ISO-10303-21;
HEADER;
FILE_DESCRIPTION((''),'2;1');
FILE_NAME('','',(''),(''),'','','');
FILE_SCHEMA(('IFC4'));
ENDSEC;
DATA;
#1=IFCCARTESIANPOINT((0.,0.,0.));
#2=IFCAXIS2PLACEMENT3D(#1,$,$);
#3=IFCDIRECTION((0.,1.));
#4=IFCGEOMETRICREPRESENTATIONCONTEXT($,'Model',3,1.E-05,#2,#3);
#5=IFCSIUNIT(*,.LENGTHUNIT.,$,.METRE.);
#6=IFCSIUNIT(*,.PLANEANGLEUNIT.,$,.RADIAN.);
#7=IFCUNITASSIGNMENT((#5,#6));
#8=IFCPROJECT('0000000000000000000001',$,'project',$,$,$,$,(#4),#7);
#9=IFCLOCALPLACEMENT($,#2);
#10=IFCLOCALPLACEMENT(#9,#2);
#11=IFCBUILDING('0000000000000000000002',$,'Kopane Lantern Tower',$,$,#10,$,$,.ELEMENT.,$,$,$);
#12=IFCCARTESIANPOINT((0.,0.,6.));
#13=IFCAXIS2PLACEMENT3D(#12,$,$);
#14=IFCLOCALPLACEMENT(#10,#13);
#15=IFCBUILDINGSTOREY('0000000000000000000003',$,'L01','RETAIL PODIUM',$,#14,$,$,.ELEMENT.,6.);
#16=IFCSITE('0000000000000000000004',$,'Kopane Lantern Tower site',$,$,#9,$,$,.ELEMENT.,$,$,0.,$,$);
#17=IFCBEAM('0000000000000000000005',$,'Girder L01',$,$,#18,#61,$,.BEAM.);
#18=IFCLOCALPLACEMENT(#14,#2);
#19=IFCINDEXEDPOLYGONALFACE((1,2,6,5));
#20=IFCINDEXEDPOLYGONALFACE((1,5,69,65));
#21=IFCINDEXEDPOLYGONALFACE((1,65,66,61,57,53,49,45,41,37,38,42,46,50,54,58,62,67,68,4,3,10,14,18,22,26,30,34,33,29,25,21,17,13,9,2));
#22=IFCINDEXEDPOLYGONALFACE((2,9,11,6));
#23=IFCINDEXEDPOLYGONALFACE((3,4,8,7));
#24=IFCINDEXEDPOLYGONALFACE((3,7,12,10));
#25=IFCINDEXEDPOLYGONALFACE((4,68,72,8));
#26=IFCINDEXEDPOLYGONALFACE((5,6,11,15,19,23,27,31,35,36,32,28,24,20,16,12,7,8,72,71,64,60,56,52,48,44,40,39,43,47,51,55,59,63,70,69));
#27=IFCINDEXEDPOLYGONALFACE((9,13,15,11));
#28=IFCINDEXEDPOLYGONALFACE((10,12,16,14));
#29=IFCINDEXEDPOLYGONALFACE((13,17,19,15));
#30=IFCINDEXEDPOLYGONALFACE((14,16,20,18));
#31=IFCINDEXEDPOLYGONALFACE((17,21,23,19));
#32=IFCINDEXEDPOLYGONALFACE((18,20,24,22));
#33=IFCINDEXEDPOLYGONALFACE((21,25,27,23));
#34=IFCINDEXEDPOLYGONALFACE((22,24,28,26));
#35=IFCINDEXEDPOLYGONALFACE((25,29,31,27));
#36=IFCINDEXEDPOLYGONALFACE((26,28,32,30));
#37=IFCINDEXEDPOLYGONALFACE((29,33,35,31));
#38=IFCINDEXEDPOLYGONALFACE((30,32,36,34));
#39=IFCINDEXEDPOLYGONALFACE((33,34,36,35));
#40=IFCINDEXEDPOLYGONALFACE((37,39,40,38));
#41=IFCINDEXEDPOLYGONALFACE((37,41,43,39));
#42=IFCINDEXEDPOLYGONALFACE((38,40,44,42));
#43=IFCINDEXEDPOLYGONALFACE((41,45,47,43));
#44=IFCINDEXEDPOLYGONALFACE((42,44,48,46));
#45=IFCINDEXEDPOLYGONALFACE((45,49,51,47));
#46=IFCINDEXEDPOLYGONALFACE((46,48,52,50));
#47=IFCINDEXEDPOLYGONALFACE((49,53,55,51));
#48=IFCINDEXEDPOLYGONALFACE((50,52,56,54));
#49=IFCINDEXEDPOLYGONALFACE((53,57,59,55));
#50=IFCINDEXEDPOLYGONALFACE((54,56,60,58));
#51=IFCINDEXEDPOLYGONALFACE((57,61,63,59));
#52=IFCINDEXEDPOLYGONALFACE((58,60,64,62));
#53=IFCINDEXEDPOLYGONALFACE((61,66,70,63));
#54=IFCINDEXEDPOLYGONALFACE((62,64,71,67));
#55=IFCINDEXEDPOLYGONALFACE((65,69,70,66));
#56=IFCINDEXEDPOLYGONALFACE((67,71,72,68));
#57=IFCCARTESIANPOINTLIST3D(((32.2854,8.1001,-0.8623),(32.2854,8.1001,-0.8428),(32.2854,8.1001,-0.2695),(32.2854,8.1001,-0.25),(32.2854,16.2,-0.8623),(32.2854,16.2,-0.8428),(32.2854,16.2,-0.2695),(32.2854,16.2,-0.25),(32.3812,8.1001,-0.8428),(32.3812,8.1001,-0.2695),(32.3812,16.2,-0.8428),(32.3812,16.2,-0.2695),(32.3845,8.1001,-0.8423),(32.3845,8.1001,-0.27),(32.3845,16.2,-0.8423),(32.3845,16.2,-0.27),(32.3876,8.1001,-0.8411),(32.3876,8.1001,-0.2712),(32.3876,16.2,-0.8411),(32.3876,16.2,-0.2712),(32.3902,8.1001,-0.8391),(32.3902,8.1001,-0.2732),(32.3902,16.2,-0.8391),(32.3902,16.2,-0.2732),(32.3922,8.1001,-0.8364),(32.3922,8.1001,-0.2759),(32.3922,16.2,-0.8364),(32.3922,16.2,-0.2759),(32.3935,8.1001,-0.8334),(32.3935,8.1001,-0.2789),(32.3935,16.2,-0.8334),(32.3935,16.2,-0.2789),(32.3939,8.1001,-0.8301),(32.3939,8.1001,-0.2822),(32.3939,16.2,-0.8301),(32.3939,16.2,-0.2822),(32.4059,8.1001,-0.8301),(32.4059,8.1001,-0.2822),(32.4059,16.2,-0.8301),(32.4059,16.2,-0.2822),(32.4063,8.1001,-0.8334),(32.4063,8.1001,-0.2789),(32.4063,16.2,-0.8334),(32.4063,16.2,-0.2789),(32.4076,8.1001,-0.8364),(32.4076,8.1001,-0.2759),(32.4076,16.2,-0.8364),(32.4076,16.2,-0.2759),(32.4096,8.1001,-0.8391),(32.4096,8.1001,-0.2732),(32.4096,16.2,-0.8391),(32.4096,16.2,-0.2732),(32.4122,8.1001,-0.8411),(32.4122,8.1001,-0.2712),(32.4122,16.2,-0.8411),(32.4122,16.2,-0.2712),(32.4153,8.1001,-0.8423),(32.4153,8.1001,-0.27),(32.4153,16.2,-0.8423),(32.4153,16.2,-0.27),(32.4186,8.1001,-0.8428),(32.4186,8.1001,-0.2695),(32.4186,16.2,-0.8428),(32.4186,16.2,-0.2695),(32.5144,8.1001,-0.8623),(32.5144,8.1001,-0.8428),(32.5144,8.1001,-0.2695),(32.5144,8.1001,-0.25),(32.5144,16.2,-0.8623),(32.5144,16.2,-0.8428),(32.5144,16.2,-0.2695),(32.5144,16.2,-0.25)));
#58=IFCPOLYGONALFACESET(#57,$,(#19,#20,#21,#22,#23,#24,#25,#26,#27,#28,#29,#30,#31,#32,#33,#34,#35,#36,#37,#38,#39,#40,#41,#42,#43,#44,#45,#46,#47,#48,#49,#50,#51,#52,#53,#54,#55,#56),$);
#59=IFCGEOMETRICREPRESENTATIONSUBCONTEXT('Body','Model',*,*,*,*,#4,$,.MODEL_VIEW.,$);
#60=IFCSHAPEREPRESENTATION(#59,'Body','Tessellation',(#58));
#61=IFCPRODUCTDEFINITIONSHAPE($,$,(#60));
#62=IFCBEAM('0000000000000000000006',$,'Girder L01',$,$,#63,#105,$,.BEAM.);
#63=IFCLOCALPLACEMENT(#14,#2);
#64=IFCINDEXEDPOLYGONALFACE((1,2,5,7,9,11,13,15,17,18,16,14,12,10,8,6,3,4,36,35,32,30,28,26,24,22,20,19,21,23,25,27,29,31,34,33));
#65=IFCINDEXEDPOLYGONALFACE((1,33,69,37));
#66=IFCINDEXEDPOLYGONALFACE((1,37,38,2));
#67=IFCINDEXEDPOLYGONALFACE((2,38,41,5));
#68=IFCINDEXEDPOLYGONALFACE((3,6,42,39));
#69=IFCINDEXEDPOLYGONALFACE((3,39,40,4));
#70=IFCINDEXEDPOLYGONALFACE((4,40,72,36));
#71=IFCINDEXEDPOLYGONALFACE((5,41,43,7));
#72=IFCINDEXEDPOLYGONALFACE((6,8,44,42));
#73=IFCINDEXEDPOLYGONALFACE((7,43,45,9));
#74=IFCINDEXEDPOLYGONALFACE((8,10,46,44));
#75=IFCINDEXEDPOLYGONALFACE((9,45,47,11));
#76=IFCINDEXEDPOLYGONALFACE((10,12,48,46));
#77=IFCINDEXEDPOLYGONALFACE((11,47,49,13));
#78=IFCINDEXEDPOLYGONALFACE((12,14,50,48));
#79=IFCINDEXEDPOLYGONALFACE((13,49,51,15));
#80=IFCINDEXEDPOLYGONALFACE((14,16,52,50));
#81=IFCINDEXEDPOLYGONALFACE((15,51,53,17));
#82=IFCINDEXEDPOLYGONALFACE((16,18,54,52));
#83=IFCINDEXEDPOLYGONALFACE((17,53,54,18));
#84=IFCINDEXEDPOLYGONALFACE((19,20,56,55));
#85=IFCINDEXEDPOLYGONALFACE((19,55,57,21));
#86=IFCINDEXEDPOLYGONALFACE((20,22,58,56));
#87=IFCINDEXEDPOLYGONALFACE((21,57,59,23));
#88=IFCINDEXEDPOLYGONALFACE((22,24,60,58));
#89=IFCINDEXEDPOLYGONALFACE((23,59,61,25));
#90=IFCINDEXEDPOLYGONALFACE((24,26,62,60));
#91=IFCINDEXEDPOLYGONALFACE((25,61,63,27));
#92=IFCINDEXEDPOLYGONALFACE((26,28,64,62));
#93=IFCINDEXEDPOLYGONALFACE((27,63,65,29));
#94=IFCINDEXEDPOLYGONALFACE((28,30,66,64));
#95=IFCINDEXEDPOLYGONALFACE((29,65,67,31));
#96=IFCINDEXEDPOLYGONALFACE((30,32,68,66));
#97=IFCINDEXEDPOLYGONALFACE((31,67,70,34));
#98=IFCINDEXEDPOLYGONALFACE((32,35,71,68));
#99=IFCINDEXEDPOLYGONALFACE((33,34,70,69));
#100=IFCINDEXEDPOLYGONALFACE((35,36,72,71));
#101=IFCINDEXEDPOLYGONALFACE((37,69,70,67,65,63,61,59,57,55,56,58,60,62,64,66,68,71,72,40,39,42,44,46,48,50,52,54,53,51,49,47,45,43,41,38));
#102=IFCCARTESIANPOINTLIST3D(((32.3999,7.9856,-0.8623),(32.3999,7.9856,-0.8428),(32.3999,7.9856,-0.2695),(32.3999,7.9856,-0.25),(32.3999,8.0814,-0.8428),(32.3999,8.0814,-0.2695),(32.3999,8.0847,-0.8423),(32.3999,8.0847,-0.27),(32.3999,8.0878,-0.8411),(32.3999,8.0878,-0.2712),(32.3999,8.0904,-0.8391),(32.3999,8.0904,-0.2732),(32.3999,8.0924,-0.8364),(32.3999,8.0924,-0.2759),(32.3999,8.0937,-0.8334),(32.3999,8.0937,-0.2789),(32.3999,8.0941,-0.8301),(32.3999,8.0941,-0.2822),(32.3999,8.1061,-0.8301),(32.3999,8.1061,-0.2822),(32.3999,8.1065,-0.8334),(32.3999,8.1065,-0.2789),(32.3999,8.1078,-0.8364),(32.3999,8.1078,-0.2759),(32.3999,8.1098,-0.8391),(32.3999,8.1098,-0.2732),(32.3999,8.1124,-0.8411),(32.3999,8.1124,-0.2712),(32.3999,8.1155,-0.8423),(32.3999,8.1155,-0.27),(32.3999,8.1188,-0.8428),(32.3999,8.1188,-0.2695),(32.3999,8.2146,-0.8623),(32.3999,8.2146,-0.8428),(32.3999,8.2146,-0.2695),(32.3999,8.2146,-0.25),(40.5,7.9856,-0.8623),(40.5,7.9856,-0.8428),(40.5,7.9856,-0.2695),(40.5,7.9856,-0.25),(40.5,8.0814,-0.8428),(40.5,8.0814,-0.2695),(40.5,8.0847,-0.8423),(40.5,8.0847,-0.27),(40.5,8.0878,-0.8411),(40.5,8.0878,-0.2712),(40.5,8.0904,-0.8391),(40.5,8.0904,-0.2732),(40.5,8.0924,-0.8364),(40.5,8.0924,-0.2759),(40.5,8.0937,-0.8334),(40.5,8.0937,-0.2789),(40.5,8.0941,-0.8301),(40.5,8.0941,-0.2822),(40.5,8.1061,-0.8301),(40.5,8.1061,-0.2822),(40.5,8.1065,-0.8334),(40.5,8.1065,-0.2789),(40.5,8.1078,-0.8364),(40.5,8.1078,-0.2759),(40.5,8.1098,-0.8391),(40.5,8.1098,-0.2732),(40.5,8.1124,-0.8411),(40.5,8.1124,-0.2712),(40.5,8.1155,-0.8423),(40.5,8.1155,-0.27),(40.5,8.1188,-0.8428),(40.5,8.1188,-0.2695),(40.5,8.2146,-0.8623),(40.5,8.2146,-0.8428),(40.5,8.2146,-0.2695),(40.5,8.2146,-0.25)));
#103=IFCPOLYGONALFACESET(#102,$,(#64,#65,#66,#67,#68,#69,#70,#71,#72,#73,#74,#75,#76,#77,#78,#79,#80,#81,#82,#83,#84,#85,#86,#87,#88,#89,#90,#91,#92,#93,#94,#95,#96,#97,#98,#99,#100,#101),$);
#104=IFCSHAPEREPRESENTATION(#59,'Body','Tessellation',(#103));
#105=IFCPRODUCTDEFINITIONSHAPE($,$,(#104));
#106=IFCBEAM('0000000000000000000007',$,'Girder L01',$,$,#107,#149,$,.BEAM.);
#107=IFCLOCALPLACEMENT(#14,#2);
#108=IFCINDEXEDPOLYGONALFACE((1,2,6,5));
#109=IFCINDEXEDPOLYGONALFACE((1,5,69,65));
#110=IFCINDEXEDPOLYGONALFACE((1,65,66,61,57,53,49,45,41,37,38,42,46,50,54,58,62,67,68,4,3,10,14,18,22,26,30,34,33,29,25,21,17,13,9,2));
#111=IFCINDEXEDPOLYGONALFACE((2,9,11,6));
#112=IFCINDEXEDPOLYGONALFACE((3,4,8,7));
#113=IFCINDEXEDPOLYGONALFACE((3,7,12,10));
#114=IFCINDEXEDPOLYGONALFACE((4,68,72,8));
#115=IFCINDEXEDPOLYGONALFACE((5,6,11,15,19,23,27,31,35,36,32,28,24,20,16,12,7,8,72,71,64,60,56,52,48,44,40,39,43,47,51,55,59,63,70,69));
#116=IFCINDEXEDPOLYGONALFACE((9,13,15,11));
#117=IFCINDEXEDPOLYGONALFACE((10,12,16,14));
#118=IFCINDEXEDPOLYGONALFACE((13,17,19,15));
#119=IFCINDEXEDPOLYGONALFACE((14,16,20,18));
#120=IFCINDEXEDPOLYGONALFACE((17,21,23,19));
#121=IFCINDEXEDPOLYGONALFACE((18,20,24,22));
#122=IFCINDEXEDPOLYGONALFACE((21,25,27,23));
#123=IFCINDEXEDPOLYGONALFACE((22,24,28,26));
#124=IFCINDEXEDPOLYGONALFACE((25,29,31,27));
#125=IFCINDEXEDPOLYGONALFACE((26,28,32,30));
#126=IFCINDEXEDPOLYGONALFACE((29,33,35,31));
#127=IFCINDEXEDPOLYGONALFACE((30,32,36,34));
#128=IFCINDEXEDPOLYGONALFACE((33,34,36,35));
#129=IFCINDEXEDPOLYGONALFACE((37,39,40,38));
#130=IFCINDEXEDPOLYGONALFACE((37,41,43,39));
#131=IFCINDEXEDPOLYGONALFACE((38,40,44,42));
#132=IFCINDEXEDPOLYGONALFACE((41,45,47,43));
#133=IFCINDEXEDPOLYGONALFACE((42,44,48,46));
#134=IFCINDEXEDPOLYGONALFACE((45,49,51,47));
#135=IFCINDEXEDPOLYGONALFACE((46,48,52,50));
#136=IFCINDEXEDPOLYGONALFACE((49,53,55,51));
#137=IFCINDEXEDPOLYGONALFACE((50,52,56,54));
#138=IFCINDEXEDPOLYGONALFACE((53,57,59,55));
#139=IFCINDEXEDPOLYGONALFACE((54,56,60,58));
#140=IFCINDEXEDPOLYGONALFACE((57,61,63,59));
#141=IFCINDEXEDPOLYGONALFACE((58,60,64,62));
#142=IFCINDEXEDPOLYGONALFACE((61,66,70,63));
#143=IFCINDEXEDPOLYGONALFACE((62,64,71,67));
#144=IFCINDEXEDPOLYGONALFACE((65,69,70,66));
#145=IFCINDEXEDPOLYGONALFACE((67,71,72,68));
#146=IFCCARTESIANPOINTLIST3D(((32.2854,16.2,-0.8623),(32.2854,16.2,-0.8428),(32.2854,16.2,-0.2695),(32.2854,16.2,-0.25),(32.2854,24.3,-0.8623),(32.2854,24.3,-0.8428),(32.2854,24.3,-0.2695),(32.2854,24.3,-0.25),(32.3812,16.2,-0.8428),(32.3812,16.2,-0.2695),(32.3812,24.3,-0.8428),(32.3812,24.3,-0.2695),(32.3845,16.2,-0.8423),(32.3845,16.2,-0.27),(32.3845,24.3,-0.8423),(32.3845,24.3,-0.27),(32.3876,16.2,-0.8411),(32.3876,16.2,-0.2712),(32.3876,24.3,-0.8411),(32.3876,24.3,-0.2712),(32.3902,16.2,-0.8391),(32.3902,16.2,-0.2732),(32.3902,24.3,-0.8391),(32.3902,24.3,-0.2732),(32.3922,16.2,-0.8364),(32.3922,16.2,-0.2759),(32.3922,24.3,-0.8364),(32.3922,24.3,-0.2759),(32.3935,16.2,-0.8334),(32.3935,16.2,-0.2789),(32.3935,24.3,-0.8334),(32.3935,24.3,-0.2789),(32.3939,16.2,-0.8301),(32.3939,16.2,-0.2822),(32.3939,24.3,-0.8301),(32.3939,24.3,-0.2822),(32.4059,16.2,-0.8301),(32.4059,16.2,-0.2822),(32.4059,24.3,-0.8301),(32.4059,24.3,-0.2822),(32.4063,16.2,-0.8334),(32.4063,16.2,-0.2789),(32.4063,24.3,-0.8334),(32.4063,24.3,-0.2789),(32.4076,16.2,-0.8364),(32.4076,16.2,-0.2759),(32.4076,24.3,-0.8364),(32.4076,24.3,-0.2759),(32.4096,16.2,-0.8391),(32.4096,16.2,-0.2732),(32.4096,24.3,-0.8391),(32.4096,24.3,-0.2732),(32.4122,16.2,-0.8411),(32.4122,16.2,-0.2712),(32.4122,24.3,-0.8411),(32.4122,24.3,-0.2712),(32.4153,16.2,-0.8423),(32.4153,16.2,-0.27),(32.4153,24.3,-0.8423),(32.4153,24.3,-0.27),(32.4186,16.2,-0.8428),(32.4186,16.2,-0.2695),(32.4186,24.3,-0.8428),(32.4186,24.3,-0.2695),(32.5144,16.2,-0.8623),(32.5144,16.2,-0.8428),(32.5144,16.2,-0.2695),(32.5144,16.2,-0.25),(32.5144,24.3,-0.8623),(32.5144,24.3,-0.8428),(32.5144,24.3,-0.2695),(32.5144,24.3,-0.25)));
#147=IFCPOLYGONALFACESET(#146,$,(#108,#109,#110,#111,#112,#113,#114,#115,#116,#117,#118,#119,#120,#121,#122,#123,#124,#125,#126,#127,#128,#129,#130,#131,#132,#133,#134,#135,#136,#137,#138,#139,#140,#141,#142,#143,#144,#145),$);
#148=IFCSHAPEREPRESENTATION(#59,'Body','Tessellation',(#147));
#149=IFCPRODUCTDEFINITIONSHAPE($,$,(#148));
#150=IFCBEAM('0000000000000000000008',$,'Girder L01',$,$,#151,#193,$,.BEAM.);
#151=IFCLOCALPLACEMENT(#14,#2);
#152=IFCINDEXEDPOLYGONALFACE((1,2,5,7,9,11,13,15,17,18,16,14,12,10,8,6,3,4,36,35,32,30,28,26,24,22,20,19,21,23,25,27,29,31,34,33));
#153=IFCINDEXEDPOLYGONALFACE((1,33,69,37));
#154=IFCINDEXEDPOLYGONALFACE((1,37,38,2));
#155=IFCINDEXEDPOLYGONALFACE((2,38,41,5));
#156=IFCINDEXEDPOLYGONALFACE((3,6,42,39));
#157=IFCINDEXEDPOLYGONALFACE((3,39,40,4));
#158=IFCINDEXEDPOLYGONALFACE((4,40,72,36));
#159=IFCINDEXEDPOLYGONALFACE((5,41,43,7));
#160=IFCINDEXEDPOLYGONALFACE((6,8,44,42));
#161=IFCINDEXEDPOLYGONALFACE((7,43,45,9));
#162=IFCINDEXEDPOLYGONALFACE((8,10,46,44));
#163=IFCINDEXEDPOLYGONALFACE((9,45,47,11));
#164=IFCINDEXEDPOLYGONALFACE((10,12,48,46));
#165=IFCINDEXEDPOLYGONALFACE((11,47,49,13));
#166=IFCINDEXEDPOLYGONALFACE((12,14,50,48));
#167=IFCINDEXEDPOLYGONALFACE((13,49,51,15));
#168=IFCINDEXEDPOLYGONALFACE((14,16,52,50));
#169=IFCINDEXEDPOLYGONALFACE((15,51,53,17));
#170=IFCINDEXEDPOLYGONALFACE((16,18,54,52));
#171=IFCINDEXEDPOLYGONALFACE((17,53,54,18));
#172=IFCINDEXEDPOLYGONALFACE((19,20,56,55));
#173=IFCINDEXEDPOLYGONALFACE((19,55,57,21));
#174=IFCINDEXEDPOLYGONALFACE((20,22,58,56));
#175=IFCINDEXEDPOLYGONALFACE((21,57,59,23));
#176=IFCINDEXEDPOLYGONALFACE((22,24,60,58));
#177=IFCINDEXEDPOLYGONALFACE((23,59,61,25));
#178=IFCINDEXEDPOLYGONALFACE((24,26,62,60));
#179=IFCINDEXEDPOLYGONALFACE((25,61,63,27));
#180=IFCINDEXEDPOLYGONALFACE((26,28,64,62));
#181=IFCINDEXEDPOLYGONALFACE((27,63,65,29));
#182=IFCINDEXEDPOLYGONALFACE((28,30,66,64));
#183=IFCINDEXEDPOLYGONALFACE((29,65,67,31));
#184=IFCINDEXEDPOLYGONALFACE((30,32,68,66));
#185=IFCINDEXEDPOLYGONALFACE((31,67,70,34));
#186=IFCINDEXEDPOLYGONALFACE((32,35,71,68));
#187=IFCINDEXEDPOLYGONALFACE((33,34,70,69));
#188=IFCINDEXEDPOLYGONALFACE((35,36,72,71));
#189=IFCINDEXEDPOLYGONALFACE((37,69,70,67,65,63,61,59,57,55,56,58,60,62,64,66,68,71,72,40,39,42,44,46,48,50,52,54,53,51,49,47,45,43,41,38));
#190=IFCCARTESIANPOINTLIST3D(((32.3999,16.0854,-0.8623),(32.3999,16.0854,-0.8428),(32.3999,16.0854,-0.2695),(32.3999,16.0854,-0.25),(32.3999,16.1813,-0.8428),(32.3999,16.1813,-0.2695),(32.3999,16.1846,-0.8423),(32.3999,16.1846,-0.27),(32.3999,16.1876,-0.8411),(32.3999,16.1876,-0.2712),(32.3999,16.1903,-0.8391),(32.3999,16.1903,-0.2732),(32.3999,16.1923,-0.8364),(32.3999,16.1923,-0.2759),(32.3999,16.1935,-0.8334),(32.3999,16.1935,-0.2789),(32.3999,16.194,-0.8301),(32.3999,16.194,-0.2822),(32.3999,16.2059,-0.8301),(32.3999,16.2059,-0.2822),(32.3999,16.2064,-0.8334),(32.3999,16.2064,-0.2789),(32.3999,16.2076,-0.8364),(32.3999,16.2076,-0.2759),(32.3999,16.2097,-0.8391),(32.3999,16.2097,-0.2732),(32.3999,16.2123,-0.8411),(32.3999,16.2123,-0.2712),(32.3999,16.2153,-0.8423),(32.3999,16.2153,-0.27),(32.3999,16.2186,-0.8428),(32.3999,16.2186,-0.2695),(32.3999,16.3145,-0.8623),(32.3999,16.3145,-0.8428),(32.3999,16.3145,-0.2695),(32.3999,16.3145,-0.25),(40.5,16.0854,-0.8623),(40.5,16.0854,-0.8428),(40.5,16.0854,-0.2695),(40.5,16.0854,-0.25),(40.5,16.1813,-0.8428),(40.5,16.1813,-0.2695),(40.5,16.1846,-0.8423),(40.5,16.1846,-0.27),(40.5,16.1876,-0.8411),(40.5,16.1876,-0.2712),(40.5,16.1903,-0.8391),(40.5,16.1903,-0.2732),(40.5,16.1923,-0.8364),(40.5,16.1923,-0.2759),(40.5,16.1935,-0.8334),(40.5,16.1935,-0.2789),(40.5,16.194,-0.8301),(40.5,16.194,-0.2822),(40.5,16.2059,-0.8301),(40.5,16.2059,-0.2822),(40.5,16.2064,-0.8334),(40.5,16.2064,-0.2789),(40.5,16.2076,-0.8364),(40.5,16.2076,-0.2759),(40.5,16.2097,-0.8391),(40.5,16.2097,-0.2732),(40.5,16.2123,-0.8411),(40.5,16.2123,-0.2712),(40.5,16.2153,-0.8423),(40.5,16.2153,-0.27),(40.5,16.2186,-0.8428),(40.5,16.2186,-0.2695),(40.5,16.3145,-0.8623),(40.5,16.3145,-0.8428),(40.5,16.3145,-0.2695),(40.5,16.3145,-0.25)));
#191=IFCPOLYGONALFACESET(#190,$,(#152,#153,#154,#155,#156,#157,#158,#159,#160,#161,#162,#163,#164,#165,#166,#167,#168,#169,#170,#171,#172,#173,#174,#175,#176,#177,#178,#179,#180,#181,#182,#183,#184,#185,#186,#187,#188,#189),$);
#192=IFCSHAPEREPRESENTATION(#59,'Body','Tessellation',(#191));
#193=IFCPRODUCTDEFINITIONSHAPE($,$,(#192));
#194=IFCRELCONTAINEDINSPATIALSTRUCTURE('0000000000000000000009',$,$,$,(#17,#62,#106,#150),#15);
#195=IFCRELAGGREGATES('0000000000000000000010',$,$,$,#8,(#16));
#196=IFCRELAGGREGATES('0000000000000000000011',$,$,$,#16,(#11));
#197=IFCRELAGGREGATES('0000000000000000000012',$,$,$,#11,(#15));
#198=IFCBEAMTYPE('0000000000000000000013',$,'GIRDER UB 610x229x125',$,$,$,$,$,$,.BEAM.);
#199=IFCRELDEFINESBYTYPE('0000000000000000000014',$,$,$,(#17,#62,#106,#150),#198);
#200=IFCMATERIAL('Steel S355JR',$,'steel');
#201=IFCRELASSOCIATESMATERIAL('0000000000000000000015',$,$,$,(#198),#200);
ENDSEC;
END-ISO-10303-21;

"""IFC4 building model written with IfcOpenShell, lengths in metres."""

from ifc_helpers import new_model, si_unit, direction, frame, origin, origin_2d, place, context, subcontext, project, spatial, i_section, extrude, material, material_profile, profile_set, type_object, element, save


model = new_model("IFC4")

# Units and contexts
model_context = context("Model", 3, precision=1e-05, world=origin(), true_north=direction((0.0, 1.0)))
body_context = subcontext(model_context, "Body", "Model", "MODEL_VIEW")
ifc_project = project(units=[si_unit("LENGTHUNIT", "METRE"), si_unit("PLANEANGLEUNIT", "RADIAN")], contexts=[model_context])

# Site, building, storey
site_placement = place(None, origin())
site = spatial("IfcSite", under=ifc_project, at=site_placement, Name="Kopane Lantern Tower site", CompositionType="ELEMENT", RefElevation=0.0)
building_placement = place(site_placement, origin())
building = spatial("IfcBuilding", under=site, at=building_placement, Name="Kopane Lantern Tower", CompositionType="ELEMENT")
storey_placement = place(building_placement, frame((0.0, 0.0, 6.0)))
storey = spatial("IfcBuildingStorey", under=building, at=storey_placement, Name="L01", Description="RETAIL PODIUM", CompositionType="ELEMENT", Elevation=6.0)

# Beams
ifc_material_1 = material(Name="Steel S355JR", Category="steel")
ifc_material_profile_1 = material_profile(ifc_material_1, i_section(OverallWidth=0.229, OverallDepth=0.6123, WebThickness=0.012, FlangeThickness=0.0195, FilletRadius=0.0127, at=origin_2d()), Name="UB 610x229x125")
ifc_profile_set_1 = profile_set([ifc_material_profile_1], Name="Steel S355JR")
beam_type = type_object("IfcBeamType", Name="GIRDER UB 610x229x125", PredefinedType="BEAM", material=ifc_profile_set_1)
beam_placement = place(storey_placement, frame((32.3999, 8.1001, -0.5562), z_axis=(0.0, 1.0, 0.0), x_axis=(-1.0, 0.0, 0.0)))
element("IfcBeam", 1, at=beam_placement, inside=storey, type_object=beam_type, Name="Girder L01", PredefinedType="BEAM", context=body_context, shape_type="SweptSolid", body=[
    extrude(i_section(OverallWidth=0.229, OverallDepth=0.6123, WebThickness=0.012, FlangeThickness=0.0195, FilletRadius=0.0127, at=origin_2d()), origin(), (0.0, 0.0, 1.0), 8.0999),
])
for number, where, z_axis, x_axis, name in (
    (2, (32.3999, 8.1001, -0.5562), (1.0, 0.0, 0.0), (0.0, 1.0, 0.0), "Girder L01"),
    (3, (32.3999, 16.2, -0.5562), (0.0, 1.0, 0.0), (-1.0, 0.0, 0.0), "Girder L01"),
    (4, (32.3999, 16.2, -0.5562), (1.0, 0.0, 0.0), (0.0, 1.0, 0.0), "Girder L01"),
):
    element("IfcBeam", number, at=place(storey_placement, frame(where, z_axis=z_axis, x_axis=x_axis)), inside=storey, type_object=beam_type, Name=name, PredefinedType="BEAM", context=body_context, shape_type="SweptSolid", body=[
        extrude(i_section(OverallWidth=0.229, OverallDepth=0.6123, WebThickness=0.012, FlangeThickness=0.0195, FilletRadius=0.0127, at=origin_2d()), origin(), (0.0, 0.0, 1.0), 8.1001),
    ])

save(model, "model.ifc")
